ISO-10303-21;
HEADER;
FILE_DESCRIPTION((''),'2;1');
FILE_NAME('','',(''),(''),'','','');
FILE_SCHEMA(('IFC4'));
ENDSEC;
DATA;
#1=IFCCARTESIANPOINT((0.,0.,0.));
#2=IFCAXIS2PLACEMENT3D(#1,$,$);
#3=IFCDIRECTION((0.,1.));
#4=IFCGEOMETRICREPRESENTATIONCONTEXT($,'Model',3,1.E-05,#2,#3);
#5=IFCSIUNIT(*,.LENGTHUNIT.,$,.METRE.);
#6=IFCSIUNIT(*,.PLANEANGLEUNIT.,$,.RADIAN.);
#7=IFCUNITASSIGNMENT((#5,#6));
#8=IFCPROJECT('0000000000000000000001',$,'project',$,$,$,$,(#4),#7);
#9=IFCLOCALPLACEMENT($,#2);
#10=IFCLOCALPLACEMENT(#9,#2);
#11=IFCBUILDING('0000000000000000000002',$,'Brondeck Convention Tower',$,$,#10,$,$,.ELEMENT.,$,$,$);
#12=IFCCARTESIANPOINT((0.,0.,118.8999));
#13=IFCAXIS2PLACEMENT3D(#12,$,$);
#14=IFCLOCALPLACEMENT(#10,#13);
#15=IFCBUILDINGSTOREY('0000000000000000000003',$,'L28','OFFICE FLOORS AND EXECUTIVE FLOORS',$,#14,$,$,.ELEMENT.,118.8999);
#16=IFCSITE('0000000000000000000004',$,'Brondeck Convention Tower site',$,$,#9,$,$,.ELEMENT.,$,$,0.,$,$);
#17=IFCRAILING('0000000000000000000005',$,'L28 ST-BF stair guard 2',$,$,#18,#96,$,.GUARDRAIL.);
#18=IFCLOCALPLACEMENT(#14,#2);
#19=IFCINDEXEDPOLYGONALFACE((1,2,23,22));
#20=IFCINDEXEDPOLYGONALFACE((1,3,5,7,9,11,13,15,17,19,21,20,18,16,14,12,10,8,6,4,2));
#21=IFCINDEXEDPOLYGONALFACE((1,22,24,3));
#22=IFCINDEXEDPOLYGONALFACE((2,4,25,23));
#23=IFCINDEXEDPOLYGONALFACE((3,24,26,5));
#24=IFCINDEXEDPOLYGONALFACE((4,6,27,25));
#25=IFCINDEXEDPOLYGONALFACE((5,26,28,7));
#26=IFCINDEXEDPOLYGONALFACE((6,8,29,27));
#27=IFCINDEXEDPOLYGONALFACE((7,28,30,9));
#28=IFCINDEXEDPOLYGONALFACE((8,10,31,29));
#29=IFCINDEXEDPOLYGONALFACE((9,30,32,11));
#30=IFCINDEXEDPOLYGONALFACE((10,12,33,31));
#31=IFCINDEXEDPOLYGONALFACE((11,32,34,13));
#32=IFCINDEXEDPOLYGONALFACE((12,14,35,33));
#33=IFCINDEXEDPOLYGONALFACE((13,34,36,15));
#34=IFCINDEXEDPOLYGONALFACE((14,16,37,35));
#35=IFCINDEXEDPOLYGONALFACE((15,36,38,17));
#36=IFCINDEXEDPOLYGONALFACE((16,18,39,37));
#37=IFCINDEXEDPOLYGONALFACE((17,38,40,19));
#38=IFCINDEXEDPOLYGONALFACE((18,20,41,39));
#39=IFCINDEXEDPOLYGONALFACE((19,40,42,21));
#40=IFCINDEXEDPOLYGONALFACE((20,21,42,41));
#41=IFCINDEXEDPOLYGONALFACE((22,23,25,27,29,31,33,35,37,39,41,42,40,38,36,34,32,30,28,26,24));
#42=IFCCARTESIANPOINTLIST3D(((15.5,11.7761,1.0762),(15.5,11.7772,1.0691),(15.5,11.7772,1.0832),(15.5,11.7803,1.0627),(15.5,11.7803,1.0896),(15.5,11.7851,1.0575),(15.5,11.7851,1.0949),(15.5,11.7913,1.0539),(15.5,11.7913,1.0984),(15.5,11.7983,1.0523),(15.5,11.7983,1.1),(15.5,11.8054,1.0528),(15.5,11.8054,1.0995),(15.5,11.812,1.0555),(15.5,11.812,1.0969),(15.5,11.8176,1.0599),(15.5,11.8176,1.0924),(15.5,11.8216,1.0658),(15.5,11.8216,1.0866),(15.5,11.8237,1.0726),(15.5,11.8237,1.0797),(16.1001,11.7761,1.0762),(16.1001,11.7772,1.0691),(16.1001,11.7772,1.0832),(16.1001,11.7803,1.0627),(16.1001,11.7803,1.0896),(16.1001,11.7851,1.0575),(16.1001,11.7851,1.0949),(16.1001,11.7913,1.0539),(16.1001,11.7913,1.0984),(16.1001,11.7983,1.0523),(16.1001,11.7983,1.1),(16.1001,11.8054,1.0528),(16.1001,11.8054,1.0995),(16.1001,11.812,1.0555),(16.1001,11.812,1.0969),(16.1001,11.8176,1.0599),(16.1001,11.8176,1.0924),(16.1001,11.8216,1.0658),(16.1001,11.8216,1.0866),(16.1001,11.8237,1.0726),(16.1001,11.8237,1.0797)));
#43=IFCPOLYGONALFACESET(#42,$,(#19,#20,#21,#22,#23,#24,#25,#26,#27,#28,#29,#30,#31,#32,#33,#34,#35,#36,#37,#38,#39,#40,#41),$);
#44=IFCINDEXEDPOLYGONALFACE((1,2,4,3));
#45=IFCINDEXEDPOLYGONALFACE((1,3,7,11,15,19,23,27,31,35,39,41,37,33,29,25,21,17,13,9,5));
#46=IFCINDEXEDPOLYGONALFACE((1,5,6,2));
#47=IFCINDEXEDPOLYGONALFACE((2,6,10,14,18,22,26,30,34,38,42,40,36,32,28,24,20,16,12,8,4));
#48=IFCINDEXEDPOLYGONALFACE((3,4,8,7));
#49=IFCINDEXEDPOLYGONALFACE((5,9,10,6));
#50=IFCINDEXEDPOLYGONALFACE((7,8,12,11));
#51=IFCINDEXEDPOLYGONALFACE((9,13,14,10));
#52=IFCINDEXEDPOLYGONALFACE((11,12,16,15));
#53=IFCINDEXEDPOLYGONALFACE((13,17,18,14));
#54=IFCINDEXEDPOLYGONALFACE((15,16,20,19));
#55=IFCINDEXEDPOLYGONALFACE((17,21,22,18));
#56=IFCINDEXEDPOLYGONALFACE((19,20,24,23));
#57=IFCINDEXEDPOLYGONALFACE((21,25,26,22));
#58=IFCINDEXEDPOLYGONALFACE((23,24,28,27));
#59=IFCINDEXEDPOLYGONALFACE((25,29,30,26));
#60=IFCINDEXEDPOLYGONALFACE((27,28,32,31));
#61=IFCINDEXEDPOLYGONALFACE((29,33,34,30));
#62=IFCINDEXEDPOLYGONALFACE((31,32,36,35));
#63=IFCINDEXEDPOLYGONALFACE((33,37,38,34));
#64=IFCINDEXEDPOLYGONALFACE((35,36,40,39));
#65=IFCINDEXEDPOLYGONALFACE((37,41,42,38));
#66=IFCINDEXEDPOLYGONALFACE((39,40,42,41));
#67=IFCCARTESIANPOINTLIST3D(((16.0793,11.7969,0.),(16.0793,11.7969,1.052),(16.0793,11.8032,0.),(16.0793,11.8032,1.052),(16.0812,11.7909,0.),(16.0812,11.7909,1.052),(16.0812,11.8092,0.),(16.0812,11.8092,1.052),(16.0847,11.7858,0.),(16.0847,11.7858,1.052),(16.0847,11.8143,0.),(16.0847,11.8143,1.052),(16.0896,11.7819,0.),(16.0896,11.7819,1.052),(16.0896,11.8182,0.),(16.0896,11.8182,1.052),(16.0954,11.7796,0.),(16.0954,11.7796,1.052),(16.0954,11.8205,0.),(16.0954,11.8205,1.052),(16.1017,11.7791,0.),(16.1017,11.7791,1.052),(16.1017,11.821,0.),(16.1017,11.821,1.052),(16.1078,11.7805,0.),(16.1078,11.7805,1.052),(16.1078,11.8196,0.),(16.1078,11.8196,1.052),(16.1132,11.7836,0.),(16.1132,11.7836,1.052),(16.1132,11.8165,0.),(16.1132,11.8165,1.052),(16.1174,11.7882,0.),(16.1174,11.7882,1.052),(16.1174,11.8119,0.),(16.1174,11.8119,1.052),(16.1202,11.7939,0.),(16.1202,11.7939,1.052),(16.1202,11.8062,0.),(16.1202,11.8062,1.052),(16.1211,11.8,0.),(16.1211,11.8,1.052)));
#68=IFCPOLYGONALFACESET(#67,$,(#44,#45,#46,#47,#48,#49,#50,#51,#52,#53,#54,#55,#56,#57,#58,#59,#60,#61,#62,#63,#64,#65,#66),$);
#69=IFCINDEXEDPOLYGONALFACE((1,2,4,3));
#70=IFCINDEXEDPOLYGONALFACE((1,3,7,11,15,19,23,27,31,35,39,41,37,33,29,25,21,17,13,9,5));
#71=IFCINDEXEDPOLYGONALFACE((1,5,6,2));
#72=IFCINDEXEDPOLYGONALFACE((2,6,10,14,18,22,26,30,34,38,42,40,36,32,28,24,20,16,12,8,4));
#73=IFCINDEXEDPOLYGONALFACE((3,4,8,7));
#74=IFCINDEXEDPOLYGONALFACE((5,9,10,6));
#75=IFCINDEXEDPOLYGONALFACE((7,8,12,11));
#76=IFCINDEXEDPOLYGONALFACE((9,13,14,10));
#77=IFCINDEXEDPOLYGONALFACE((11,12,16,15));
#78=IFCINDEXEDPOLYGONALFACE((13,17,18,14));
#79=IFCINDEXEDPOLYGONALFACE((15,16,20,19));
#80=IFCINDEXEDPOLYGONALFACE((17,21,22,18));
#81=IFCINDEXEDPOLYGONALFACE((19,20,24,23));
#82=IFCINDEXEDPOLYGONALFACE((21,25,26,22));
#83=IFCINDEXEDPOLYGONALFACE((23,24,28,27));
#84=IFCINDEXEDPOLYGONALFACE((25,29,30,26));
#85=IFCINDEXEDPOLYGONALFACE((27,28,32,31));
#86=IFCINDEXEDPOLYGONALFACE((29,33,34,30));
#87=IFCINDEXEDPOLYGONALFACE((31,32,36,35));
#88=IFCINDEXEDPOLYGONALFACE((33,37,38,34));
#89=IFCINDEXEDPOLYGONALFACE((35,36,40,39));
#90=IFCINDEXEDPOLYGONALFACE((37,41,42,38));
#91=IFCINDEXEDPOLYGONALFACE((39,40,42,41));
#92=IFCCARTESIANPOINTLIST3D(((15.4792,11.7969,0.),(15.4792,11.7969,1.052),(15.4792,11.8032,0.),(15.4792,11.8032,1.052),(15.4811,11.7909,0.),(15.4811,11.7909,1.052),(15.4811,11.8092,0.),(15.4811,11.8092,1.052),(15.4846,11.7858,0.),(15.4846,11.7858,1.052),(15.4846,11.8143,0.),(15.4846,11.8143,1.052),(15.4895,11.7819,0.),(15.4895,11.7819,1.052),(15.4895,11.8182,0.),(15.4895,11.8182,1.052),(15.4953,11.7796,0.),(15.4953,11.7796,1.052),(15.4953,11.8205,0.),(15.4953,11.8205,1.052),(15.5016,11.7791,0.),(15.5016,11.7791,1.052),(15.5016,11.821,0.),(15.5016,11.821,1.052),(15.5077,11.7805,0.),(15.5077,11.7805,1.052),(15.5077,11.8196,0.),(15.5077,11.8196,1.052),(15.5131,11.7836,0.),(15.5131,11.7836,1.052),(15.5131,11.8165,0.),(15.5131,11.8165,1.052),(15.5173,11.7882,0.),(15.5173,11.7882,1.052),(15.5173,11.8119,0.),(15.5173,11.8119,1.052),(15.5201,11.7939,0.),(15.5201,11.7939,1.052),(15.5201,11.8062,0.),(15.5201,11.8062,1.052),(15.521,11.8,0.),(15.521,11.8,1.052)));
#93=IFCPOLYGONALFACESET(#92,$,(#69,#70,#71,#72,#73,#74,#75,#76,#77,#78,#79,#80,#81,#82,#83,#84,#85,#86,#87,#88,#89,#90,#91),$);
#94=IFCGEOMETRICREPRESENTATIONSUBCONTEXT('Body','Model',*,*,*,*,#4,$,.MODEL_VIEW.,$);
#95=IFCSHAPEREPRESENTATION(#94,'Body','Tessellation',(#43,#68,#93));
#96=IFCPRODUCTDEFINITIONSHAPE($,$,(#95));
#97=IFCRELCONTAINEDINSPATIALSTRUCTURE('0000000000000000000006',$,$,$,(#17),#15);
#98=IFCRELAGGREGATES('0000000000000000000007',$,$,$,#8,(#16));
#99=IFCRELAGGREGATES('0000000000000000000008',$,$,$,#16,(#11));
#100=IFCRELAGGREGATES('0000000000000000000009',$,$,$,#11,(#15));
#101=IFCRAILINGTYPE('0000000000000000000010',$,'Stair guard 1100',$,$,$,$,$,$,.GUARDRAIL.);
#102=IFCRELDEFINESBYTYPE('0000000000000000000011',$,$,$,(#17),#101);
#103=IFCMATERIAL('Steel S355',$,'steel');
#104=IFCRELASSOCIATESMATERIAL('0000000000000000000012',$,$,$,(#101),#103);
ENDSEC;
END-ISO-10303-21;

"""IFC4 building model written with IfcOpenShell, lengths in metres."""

from ifc_helpers import new_model, si_unit, direction, frame, origin, origin_2d, place, context, subcontext, project, spatial, circle, extrude, material, type_object, element, save


model = new_model("IFC4")

# Units and contexts
model_context = context("Model", 3, precision=1e-05, world=origin(), true_north=direction((0.0, 1.0)))
body_context = subcontext(model_context, "Body", "Model", "MODEL_VIEW")
ifc_project = project(units=[si_unit("LENGTHUNIT", "METRE"), si_unit("PLANEANGLEUNIT", "RADIAN")], contexts=[model_context])

# Site, building, storey
site_placement = place(None, origin())
site = spatial("IfcSite", under=ifc_project, at=site_placement, Name="Brondeck Convention Tower site", CompositionType="ELEMENT", RefElevation=0.0)
building_placement = place(site_placement, origin())
building = spatial("IfcBuilding", under=site, at=building_placement, Name="Brondeck Convention Tower", CompositionType="ELEMENT")
storey_placement = place(building_placement, frame((0.0, 0.0, 118.8999)))
storey = spatial("IfcBuildingStorey", under=building, at=storey_placement, Name="L28", Description="OFFICE FLOORS AND EXECUTIVE FLOORS", CompositionType="ELEMENT", Elevation=118.8999)

# Shared definitions
ifc_material_1 = material(Name="Steel S355", Category="steel")

# Railing
railing_type_1 = type_object("IfcRailingType", Name="Stair guard 1100", PredefinedType="GUARDRAIL", material=ifc_material_1)
railing_1_placement = place(storey_placement, frame((16.1001, 11.8, 0.0)))
element("IfcRailing", 1, at=railing_1_placement, inside=storey, type_object=railing_type_1, Name="L28 ST-BF stair guard 2", PredefinedType="GUARDRAIL", context=body_context, shape_type="SweptSolid", body=[
    extrude(circle(Radius=0.0239, at=origin_2d()), frame((0.0, 0.0, 1.0762), z_axis=(-1.0, 0.0, 0.0), x_axis=(0.0, -1.0, 0.0)), (0.0, 0.0, 1.0), 0.6001),
    extrude(circle(Radius=0.021, at=origin_2d()), origin(), (0.0, 0.0, 1.0), 1.052),
    extrude(circle(Radius=0.021, at=origin_2d()), frame((-0.6001, 0.0, 0.0)), (0.0, 0.0, 1.0), 1.052),
])

save(model, "model.ifc")
